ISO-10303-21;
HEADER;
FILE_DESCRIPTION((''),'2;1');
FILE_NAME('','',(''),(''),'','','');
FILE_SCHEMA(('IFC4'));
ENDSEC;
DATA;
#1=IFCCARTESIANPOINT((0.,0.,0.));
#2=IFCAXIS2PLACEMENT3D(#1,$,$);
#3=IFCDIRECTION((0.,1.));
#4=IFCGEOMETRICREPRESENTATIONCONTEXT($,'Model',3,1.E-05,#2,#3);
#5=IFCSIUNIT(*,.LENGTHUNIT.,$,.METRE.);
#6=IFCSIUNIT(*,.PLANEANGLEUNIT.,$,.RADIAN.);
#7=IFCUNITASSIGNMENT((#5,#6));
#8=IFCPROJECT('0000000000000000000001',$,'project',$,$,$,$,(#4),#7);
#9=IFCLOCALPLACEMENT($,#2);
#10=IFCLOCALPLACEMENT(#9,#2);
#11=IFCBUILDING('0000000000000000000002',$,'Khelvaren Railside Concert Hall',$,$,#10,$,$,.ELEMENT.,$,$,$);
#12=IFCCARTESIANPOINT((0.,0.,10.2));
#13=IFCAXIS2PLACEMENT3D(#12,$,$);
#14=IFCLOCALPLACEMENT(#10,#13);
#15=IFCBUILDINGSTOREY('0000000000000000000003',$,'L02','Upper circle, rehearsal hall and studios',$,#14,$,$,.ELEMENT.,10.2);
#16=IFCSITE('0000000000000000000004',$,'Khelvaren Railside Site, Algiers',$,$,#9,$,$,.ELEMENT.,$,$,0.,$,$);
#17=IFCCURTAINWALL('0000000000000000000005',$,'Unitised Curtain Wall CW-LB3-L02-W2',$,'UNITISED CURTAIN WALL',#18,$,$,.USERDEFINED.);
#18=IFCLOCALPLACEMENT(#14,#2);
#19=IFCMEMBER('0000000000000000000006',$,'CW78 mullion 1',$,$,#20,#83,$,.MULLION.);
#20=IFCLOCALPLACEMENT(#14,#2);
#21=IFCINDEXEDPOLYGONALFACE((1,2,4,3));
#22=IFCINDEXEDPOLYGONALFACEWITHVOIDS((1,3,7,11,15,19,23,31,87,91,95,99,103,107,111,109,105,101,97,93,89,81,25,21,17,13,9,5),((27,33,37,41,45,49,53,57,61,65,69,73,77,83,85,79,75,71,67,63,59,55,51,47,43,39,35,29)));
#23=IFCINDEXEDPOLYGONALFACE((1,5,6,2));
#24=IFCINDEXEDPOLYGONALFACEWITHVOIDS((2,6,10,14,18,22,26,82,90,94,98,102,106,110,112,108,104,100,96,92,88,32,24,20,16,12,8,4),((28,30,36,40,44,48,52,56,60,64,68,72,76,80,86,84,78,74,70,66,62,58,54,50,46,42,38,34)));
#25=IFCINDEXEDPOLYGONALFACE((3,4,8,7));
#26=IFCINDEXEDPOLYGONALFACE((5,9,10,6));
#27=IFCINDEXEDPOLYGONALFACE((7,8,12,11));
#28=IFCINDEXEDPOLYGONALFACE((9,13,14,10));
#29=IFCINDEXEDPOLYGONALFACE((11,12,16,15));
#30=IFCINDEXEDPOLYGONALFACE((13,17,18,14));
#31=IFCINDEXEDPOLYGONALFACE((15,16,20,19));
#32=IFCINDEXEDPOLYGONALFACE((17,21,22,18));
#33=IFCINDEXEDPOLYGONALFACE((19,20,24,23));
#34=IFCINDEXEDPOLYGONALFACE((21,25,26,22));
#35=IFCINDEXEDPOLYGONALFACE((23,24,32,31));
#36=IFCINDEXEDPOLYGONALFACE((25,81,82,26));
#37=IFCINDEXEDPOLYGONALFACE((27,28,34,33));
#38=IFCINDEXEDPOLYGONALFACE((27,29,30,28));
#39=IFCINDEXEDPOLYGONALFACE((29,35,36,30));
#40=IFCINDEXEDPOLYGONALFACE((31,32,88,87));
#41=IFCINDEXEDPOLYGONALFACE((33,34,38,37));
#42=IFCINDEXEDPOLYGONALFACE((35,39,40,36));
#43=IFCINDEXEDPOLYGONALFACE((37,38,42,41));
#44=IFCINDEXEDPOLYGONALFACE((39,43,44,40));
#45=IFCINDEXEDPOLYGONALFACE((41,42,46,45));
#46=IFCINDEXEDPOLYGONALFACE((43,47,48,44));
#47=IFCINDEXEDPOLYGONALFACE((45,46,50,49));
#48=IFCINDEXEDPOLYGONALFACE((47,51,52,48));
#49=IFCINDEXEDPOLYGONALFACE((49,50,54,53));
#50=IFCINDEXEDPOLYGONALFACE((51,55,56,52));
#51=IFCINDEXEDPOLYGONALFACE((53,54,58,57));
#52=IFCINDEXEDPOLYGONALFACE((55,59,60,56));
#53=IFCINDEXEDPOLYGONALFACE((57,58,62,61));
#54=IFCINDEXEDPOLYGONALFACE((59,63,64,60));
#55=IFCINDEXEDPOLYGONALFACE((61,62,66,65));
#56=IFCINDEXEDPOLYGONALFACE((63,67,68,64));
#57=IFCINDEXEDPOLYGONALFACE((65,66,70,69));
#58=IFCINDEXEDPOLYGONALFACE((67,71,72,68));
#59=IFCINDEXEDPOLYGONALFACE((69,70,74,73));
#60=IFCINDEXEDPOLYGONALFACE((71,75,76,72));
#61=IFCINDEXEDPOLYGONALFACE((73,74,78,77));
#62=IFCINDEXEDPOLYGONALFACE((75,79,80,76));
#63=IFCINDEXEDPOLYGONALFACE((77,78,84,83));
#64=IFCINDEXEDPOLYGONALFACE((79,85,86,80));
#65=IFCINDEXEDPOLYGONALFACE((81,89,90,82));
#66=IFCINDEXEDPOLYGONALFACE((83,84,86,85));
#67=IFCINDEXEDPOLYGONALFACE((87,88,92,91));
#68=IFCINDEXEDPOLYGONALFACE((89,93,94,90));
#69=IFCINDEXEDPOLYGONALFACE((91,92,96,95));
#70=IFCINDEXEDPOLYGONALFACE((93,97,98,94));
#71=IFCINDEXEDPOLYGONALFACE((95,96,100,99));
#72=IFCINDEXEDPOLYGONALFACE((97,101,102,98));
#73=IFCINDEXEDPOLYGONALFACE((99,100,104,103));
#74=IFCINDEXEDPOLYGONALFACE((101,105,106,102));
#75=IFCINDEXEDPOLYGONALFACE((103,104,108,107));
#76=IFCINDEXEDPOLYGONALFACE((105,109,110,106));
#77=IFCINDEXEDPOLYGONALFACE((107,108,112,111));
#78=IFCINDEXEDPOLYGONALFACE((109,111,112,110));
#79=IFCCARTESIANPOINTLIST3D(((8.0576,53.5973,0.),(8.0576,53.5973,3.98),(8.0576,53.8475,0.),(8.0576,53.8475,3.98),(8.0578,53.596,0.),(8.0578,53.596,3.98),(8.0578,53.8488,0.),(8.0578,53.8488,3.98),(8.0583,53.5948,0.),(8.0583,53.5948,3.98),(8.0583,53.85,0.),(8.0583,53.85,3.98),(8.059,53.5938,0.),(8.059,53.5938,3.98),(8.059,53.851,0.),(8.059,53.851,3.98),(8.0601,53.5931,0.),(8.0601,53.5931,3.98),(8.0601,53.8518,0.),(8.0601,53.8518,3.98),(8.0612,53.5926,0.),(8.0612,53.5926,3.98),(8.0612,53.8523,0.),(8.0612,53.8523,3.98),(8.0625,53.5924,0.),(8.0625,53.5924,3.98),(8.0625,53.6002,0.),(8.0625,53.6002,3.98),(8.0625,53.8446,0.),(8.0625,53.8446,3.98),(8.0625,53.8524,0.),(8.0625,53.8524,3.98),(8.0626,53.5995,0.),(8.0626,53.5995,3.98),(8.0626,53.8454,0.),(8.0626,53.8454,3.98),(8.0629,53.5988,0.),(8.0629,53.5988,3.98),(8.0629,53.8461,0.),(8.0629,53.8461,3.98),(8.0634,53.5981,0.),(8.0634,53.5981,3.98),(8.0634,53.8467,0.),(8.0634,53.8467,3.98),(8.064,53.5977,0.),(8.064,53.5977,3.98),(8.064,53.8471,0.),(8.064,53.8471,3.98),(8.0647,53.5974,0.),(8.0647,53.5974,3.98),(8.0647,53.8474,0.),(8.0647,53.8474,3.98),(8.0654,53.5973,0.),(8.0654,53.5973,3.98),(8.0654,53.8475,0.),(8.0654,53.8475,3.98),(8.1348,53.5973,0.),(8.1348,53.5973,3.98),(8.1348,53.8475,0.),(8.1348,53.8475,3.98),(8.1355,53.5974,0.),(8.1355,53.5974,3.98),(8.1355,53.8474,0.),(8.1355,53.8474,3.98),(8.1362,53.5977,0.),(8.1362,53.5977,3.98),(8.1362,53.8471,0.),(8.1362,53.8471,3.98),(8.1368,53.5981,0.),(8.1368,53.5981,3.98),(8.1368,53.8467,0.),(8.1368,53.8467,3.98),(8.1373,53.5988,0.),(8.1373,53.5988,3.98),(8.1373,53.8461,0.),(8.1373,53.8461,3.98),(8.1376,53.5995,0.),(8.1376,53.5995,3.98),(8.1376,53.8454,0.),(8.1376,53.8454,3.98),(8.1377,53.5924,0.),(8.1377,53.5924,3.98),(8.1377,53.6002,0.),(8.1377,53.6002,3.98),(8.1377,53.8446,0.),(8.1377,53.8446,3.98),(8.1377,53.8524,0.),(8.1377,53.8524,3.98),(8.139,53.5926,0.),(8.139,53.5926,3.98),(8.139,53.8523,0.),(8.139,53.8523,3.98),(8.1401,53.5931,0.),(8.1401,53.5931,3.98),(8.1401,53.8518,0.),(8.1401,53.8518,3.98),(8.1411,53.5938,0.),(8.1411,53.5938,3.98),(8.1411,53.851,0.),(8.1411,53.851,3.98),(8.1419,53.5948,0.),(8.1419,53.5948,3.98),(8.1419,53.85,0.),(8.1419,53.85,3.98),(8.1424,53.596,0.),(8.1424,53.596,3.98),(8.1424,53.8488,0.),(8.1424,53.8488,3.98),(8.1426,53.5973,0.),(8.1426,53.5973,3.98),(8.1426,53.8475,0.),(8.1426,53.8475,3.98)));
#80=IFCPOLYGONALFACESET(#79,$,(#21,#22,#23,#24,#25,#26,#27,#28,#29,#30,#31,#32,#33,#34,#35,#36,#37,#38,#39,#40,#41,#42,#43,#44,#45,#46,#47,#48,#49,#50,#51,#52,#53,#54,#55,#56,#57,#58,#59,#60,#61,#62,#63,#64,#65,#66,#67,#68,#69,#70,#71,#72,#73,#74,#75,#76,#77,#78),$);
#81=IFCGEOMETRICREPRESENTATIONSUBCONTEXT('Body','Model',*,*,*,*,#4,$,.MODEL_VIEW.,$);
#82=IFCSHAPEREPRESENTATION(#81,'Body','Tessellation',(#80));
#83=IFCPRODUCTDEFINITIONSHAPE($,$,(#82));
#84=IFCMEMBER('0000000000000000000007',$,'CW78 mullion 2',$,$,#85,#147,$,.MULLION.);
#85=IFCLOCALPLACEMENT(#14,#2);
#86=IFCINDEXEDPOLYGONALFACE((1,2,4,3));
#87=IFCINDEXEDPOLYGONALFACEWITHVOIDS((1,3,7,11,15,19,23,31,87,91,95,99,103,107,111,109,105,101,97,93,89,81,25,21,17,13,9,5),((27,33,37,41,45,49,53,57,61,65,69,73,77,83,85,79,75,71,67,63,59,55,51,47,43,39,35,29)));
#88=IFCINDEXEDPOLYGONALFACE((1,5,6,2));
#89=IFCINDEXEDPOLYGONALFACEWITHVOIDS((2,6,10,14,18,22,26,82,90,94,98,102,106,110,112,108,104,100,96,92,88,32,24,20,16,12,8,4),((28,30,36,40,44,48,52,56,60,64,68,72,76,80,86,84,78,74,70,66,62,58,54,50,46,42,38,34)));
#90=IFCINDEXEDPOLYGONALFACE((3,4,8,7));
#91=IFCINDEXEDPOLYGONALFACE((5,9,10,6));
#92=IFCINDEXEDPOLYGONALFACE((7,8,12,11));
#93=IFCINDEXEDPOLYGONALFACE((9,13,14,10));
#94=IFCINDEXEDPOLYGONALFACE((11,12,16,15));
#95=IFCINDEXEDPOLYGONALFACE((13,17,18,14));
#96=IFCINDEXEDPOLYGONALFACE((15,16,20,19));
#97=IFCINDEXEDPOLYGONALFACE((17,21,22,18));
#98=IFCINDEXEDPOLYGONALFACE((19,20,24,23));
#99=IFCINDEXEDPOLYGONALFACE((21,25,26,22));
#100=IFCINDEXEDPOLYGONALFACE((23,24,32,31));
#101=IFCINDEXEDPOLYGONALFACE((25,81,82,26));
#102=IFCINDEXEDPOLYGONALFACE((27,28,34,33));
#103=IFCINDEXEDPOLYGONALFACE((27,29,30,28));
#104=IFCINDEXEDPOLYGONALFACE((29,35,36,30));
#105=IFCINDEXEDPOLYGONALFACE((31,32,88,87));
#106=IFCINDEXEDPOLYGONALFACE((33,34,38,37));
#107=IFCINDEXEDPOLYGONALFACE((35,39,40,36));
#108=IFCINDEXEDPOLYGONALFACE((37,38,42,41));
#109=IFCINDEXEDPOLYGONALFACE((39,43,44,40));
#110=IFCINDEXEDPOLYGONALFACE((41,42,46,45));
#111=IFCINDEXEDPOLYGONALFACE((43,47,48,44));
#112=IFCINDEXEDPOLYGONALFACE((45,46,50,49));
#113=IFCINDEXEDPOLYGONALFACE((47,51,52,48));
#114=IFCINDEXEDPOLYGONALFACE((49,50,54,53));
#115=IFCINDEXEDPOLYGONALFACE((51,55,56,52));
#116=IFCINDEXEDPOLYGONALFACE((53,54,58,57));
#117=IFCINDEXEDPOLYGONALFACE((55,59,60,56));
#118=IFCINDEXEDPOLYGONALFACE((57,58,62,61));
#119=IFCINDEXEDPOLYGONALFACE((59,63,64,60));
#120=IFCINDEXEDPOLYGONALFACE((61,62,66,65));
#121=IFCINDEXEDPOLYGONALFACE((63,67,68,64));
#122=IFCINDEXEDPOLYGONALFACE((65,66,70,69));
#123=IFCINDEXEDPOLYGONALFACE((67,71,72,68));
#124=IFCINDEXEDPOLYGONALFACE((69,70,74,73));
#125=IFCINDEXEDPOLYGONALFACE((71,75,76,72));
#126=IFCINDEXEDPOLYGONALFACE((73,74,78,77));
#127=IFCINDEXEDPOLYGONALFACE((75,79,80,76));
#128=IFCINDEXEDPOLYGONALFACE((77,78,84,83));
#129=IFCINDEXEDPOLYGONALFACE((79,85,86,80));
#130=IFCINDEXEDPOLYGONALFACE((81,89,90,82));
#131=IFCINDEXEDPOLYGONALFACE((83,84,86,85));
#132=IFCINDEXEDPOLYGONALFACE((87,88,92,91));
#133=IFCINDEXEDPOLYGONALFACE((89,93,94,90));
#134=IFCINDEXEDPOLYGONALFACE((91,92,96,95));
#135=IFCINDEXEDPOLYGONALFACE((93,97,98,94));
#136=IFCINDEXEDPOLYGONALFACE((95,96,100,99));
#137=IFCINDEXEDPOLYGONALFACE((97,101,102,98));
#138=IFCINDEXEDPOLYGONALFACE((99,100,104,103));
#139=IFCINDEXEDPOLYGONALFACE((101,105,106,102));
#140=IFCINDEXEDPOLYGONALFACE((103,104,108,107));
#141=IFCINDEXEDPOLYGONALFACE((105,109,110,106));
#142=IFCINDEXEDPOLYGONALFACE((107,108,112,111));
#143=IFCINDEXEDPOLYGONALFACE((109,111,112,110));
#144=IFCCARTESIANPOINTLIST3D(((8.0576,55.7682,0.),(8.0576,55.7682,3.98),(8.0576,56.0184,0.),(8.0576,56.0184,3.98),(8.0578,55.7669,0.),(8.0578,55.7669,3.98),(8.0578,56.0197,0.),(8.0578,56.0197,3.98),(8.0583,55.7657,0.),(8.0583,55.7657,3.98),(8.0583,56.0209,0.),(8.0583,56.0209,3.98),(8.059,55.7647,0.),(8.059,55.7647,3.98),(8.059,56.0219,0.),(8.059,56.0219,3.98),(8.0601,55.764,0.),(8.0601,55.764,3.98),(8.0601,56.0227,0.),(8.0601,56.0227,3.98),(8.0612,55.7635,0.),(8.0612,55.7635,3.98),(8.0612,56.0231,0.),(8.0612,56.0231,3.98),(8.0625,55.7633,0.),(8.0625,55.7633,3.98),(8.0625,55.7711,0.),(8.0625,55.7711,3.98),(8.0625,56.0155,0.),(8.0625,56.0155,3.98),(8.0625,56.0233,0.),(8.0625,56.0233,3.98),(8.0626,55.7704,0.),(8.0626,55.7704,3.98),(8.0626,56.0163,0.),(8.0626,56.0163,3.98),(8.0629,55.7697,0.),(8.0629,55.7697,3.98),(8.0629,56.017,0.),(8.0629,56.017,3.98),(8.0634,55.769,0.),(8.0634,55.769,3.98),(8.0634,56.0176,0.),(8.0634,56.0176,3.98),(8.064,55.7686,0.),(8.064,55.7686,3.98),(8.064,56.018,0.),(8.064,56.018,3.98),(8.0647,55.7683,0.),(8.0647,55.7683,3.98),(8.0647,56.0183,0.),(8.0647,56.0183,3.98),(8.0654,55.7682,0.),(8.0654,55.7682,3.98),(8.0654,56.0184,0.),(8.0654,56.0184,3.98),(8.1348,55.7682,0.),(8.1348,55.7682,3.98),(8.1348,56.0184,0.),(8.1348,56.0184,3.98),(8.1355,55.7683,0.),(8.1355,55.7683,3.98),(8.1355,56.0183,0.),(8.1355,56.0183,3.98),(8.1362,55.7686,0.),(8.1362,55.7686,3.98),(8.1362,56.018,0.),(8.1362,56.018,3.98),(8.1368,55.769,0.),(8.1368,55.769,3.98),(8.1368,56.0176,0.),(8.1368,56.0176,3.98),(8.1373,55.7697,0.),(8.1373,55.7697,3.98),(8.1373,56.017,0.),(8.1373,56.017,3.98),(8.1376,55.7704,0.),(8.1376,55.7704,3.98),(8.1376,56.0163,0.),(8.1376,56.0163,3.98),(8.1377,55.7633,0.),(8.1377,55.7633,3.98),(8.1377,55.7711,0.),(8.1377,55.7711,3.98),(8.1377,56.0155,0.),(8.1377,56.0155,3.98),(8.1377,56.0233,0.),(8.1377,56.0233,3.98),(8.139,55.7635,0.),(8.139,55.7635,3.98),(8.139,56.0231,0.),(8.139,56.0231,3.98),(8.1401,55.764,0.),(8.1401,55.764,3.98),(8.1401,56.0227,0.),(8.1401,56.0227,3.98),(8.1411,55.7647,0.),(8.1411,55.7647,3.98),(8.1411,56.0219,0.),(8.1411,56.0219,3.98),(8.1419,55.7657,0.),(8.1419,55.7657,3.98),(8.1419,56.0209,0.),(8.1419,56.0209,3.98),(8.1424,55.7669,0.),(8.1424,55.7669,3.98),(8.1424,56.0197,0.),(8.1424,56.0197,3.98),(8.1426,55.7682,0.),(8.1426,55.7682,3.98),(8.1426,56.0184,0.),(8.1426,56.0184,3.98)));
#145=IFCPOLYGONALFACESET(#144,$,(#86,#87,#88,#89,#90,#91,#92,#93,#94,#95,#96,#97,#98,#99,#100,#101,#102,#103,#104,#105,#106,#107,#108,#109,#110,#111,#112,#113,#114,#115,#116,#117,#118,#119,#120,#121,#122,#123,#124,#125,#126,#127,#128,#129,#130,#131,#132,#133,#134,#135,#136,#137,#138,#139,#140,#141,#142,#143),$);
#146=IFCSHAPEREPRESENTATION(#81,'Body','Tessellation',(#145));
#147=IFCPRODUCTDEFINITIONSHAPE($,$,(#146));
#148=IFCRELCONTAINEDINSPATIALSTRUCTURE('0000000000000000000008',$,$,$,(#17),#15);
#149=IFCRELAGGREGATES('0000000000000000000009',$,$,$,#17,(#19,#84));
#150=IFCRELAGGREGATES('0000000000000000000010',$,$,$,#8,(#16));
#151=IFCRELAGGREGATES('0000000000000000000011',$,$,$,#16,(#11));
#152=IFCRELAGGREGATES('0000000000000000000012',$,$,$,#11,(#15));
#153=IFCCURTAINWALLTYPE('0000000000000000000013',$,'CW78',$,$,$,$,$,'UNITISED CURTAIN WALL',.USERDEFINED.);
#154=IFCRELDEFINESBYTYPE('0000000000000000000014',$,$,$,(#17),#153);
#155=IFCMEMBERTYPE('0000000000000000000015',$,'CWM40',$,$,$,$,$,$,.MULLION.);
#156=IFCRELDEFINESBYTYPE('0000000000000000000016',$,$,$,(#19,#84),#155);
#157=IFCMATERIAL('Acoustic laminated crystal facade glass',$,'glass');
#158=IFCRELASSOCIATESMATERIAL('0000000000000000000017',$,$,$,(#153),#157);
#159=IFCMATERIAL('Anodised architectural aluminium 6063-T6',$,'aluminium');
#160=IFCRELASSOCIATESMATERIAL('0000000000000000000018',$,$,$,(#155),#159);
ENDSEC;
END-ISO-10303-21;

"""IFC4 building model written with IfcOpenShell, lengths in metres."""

from ifc_helpers import new_model, si_unit, direction, frame, origin, origin_2d, place, context, subcontext, project, spatial, hollow_rectangle, extrude, material, material_profile, profile_set, type_object, element, aggregate, save


model = new_model("IFC4")

# Units and contexts
model_context = context("Model", 3, precision=1e-05, world=origin(), true_north=direction((0.0, 1.0)))
body_context = subcontext(model_context, "Body", "Model", "MODEL_VIEW")
ifc_project = project(units=[si_unit("LENGTHUNIT", "METRE"), si_unit("PLANEANGLEUNIT", "RADIAN")], contexts=[model_context])

# Site, building, storey
site_placement = place(None, origin())
site = spatial("IfcSite", under=ifc_project, at=site_placement, Name="Khelvaren Railside Site, Algiers", CompositionType="ELEMENT", RefElevation=0.0)
building_placement = place(site_placement, origin())
building = spatial("IfcBuilding", under=site, at=building_placement, Name="Khelvaren Railside Concert Hall", CompositionType="ELEMENT")
storey_placement = place(building_placement, frame((0.0, 0.0, 10.2)))
storey = spatial("IfcBuildingStorey", under=building, at=storey_placement, Name="L02", Description="Upper circle, rehearsal hall and studios", CompositionType="ELEMENT", Elevation=10.2)

# Curtain wall, members
ifc_material_1 = material(Name="Acoustic laminated crystal facade glass", Category="glass")
curtain_wall_type = type_object("IfcCurtainWallType", Name="CW78", ElementType="UNITISED CURTAIN WALL", PredefinedType="USERDEFINED", material=ifc_material_1)
ifc_material_2 = material(Name="Anodised architectural aluminium 6063-T6", Category="aluminium")
ifc_material_profile_1 = material_profile(ifc_material_2, hollow_rectangle(XDim=0.085, YDim=0.26, WallThickness=0.0049, InnerFilletRadius=0.0029, OuterFilletRadius=0.0049, at=origin_2d()), Name="CWM 85x260x5")
ifc_profile_set_1 = profile_set([ifc_material_profile_1], Name="Anodised architectural aluminium 6063-T6")
member_type_1 = type_object("IfcMemberType", Name="CWM40", PredefinedType="MULLION", material=ifc_profile_set_1)
curtain_wall_1_placement = place(storey_placement, origin())
curtain_wall_1 = element("IfcCurtainWall", 1, at=curtain_wall_1_placement, inside=storey, type_object=curtain_wall_type, Name="Unitised Curtain Wall CW-LB3-L02-W2", ObjectType="UNITISED CURTAIN WALL", PredefinedType="USERDEFINED")
member_1_placement = place(storey_placement, frame((8.1001, 53.7224, 0.0), z_axis=(0.0, 0.0, 1.0), x_axis=(-1.0, 0.0, 0.0)))
member_1 = element("IfcMember", 2, at=member_1_placement, type_object=member_type_1, Name="CW78 mullion 1", PredefinedType="MULLION", context=body_context, shape_type="SweptSolid", body=[
    extrude(hollow_rectangle(XDim=0.085, YDim=0.26, WallThickness=0.0049, InnerFilletRadius=0.0029, OuterFilletRadius=0.0049, at=origin_2d()), origin(), (0.0, 0.0, 1.0), 3.98),
])
member_2_placement = place(storey_placement, frame((8.1001, 55.8933, 0.0), z_axis=(0.0, 0.0, 1.0), x_axis=(-1.0, 0.0, 0.0)))
member_2 = element("IfcMember", 3, at=member_2_placement, type_object=member_type_1, Name="CW78 mullion 2", PredefinedType="MULLION", context=body_context, shape_type="SweptSolid", body=[
    extrude(hollow_rectangle(XDim=0.085, YDim=0.26, WallThickness=0.0049, InnerFilletRadius=0.0029, OuterFilletRadius=0.0049, at=origin_2d()), origin(), (0.0, 0.0, 1.0), 3.98),
])

aggregate(curtain_wall_1, [member_1, member_2])

save(model, "model.ifc")
